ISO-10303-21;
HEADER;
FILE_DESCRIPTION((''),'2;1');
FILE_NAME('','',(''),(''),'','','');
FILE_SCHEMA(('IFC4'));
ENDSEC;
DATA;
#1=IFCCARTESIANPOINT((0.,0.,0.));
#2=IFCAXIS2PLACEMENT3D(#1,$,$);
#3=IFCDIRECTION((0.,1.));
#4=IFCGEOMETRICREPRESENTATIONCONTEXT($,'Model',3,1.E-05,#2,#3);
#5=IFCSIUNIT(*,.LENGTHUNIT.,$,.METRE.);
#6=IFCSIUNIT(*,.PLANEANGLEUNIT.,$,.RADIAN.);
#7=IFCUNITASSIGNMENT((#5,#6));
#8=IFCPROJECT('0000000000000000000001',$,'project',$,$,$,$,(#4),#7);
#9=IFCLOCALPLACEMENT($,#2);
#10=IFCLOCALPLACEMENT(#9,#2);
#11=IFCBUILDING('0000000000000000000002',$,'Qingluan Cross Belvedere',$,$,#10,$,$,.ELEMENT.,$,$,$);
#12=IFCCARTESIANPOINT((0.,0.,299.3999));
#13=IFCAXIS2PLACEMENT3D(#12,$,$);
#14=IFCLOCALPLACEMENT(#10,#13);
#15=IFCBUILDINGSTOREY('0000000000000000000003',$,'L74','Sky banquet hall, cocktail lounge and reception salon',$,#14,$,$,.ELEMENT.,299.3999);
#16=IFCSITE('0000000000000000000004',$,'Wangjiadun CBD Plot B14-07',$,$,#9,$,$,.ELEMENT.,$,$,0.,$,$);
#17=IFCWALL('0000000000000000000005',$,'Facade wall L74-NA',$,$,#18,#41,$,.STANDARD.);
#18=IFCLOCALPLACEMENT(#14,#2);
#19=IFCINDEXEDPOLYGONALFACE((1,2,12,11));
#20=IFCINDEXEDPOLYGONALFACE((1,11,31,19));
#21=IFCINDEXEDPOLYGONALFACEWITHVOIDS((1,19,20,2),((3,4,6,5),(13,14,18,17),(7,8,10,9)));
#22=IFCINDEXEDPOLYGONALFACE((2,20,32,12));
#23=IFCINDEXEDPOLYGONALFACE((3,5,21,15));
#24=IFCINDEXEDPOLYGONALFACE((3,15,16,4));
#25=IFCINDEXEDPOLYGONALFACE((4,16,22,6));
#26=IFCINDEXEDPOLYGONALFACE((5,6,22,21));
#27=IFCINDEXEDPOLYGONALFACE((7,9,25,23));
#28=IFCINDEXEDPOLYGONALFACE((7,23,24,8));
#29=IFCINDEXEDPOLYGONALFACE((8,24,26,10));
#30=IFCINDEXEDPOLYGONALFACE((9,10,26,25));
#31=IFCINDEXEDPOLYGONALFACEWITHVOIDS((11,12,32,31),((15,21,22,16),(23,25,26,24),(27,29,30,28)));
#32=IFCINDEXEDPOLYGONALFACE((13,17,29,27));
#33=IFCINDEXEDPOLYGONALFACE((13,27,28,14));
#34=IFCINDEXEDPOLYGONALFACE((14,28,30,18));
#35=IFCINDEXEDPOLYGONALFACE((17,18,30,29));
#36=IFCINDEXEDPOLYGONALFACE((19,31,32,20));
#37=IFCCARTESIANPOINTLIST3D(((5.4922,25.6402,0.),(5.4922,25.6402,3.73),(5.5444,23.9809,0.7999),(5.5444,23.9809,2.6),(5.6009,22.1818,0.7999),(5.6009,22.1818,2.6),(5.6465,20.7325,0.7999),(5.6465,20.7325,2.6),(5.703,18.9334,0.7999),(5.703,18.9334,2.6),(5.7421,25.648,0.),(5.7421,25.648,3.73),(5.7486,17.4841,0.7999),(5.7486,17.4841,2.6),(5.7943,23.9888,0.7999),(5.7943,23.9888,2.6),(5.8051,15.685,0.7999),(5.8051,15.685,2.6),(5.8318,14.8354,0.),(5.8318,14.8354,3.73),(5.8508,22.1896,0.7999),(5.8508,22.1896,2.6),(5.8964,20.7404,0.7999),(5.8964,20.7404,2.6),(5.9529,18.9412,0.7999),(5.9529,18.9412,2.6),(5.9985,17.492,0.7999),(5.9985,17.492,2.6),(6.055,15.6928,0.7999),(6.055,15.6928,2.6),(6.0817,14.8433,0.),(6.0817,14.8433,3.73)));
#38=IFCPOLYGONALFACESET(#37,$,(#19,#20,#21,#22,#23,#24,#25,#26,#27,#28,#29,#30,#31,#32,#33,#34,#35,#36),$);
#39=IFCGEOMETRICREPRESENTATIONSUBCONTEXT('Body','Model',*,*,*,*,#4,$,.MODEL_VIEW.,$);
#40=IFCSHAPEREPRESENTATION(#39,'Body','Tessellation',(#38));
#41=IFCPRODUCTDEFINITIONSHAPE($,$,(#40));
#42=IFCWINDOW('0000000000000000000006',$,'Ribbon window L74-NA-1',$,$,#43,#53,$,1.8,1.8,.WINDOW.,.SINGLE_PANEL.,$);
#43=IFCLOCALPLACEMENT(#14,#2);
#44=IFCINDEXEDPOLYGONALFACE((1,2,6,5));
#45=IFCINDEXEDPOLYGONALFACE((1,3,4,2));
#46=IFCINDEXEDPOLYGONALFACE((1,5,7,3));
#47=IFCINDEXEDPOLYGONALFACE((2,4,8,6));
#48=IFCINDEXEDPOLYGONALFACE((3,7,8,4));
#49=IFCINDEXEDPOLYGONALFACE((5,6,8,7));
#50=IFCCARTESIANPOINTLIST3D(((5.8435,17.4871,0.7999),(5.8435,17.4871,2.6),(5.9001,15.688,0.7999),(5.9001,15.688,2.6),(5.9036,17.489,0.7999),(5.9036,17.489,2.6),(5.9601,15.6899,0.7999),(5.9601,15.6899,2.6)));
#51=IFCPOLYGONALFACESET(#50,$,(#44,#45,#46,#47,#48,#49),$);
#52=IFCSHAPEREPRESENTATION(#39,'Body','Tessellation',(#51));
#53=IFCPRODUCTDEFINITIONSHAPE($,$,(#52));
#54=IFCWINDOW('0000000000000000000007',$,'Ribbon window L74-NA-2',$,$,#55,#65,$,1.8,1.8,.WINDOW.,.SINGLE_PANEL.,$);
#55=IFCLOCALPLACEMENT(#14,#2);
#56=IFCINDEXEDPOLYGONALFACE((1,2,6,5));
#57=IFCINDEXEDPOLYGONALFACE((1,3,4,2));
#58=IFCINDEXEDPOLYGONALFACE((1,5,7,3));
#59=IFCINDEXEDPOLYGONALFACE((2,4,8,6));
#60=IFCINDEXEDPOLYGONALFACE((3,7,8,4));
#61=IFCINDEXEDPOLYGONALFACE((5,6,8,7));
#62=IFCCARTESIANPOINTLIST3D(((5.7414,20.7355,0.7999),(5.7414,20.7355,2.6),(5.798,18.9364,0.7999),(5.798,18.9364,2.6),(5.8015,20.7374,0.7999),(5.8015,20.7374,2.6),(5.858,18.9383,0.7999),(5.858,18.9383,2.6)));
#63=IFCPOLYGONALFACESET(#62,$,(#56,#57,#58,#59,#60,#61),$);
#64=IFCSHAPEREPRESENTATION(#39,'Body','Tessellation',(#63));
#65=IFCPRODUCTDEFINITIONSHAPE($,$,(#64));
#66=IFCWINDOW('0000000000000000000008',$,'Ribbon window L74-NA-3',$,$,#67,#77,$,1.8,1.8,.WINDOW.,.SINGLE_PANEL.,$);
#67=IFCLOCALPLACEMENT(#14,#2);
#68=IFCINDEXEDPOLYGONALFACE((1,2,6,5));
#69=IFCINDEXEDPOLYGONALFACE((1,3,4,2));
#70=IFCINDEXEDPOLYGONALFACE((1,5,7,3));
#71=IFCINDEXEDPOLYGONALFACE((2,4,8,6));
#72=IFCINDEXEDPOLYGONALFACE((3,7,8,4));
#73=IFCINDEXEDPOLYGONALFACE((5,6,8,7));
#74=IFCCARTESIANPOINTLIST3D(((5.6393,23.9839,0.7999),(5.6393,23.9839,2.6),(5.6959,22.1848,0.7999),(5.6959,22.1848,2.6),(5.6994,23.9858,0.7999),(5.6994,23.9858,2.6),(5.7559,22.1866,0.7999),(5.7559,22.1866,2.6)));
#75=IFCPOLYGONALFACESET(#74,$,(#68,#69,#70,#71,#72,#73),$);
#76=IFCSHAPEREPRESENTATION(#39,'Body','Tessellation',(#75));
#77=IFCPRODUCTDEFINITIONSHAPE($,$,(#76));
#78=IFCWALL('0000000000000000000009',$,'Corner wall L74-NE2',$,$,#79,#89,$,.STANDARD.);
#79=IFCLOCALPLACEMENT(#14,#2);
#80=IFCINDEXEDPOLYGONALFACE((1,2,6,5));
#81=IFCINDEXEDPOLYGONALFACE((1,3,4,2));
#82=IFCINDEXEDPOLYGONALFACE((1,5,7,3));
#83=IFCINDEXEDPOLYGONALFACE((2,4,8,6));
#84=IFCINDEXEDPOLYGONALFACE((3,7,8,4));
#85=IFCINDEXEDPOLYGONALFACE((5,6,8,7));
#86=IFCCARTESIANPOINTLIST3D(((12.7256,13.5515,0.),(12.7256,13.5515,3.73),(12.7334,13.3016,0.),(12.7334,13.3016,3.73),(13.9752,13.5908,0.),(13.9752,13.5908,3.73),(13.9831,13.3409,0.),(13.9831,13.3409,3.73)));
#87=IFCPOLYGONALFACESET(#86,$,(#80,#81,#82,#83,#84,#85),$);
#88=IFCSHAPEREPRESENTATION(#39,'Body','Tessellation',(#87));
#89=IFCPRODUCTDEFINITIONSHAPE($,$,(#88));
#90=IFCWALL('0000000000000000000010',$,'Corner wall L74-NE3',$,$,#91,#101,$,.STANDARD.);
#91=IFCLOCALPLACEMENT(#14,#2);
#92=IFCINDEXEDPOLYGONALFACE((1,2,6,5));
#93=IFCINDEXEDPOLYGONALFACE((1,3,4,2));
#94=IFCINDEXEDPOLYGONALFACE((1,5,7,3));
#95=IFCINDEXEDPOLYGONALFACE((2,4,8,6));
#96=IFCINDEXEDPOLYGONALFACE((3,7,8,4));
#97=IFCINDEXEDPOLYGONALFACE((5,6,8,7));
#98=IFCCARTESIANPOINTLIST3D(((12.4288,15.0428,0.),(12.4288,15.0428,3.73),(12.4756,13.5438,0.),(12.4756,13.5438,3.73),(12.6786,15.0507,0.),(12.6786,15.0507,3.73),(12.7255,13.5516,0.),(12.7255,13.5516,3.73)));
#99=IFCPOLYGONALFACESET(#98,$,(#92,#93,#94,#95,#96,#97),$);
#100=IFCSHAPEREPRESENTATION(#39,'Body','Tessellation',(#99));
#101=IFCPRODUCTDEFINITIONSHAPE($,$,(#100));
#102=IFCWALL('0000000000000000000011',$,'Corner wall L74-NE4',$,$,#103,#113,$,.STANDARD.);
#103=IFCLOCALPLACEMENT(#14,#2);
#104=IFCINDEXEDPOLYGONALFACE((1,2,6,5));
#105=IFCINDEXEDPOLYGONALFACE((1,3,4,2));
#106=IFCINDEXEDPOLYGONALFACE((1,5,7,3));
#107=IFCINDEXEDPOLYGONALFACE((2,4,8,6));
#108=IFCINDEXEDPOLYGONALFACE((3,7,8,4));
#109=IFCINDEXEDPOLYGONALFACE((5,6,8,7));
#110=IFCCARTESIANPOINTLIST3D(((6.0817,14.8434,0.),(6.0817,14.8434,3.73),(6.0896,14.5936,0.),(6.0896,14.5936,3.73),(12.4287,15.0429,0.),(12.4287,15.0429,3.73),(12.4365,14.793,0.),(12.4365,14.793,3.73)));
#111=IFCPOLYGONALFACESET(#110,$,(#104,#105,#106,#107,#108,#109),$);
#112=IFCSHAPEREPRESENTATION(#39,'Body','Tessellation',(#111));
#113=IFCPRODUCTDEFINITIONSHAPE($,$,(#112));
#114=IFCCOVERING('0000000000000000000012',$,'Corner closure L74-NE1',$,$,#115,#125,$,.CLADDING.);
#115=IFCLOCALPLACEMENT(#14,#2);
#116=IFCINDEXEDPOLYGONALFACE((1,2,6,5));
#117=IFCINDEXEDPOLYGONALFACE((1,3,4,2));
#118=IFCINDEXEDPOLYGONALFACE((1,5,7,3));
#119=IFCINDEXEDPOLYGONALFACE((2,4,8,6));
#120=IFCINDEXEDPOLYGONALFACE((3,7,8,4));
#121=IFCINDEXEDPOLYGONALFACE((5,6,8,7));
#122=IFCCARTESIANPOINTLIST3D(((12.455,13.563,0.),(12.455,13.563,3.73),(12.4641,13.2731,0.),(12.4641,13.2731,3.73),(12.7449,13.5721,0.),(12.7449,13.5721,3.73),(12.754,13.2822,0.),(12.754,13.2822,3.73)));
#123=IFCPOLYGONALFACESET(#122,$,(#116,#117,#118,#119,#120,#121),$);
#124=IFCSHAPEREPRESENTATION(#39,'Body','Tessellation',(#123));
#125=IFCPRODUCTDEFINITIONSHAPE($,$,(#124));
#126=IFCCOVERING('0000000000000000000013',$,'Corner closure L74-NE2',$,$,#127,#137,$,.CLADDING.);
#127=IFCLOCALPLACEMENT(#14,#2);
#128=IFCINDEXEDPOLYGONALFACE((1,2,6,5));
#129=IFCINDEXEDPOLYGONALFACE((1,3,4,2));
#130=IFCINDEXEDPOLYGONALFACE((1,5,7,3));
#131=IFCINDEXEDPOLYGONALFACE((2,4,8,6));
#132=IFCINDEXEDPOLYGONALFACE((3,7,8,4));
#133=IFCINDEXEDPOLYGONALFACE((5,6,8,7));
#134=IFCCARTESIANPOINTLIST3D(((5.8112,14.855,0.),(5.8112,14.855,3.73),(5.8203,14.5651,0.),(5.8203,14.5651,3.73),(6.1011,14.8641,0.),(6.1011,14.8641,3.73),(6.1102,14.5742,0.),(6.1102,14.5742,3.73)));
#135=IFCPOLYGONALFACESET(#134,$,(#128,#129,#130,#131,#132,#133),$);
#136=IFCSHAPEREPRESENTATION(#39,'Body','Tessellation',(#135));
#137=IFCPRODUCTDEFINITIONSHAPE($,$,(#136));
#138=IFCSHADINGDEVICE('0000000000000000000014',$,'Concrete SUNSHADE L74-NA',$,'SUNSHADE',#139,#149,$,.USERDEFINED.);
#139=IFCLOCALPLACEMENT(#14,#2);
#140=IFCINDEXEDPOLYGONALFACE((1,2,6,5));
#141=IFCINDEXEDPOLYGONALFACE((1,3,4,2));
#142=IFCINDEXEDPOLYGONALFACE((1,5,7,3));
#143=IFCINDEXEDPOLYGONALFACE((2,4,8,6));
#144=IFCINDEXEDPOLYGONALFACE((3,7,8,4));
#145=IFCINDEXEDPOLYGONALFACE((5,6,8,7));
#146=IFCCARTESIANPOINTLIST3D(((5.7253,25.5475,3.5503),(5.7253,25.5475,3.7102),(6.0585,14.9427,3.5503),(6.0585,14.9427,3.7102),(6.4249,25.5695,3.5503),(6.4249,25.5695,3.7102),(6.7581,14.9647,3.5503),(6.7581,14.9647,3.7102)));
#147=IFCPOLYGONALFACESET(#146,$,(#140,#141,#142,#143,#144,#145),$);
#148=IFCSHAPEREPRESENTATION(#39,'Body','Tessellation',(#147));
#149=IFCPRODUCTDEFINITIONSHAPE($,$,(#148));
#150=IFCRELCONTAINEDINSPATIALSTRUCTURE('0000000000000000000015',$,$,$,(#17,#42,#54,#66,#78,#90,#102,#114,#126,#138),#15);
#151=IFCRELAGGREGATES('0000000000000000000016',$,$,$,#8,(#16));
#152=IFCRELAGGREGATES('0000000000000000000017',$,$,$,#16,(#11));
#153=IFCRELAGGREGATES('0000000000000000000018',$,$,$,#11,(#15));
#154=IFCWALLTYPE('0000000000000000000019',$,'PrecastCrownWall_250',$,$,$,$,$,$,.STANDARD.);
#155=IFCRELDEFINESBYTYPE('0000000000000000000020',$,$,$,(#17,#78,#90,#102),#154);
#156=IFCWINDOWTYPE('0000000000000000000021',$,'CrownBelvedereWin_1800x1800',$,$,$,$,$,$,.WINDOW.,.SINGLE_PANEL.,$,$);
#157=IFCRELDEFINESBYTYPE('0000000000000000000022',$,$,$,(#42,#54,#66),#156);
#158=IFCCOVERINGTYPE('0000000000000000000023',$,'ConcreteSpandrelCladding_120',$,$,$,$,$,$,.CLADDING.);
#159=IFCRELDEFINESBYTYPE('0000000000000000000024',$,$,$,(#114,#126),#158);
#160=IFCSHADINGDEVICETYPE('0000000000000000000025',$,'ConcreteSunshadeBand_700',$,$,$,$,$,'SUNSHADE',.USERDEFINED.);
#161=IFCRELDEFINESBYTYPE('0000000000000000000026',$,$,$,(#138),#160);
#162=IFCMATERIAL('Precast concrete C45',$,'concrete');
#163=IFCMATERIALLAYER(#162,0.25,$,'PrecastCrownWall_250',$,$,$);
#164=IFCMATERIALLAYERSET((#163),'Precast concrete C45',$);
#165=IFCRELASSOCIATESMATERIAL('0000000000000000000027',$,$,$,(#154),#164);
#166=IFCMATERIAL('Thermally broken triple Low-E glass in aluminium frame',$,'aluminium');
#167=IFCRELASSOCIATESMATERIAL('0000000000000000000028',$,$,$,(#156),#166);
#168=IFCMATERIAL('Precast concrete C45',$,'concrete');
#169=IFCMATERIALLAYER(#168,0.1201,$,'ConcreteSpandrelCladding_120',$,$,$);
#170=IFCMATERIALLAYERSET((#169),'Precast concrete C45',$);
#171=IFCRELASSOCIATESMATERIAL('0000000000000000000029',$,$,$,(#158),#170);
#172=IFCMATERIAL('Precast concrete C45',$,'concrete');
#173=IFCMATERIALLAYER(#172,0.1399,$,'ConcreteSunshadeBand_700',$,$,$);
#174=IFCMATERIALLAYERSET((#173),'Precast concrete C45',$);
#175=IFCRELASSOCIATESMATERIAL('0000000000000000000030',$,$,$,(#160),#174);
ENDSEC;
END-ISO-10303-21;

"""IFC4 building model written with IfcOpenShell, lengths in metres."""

from ifc_helpers import new_model, si_unit, direction, frame, frame_2d, origin, origin_2d, place, context, subcontext, project, spatial, rectangle, extrude, material, layer, layer_set, type_object, element, fill, save


model = new_model("IFC4")

# Units and contexts
model_context = context("Model", 3, precision=1e-05, world=origin(), true_north=direction((0.0, 1.0)))
body_context = subcontext(model_context, "Body", "Model", "MODEL_VIEW")
ifc_project = project(units=[si_unit("LENGTHUNIT", "METRE"), si_unit("PLANEANGLEUNIT", "RADIAN")], contexts=[model_context])

# Site, building, storey
site_placement = place(None, origin())
site = spatial("IfcSite", under=ifc_project, at=site_placement, Name="Wangjiadun CBD Plot B14-07", CompositionType="ELEMENT", RefElevation=0.0)
building_placement = place(site_placement, origin())
building = spatial("IfcBuilding", under=site, at=building_placement, Name="Qingluan Cross Belvedere", CompositionType="ELEMENT")
storey_placement = place(building_placement, frame((0.0, 0.0, 299.3999)))
storey = spatial("IfcBuildingStorey", under=building, at=storey_placement, Name="L74", Description="Sky banquet hall, cocktail lounge and reception salon", CompositionType="ELEMENT", Elevation=299.3999)

# Wall, openings, windows
ifc_material_1 = material(Name="Precast concrete C45", Category="concrete")
ifc_layer_1 = layer(ifc_material_1, 0.25, Name="PrecastCrownWall_250")
ifc_layer_set_1 = layer_set([ifc_layer_1], Name="Precast concrete C45")
wall_type_1 = type_object("IfcWallType", Name="PrecastCrownWall_250", PredefinedType="STANDARD", material=ifc_layer_set_1)
wall_1_placement = place(storey_placement, frame((5.9568, 14.8394, 0.0), z_axis=(0.0, 0.0, 1.0), x_axis=(-0.031415, 0.999506, 0.0)))
wall_1 = element("IfcWall", 1, at=wall_1_placement, inside=storey, type_object=wall_type_1, Name="Facade wall L74-NA", PredefinedType="STANDARD", context=body_context, shape_type="SweptSolid", body=[
    extrude(rectangle(XDim=10.8101, YDim=0.25, at=frame_2d((5.405, 0.0))), origin(), (0.0, 0.0, 1.0), 3.73),
])
opening_1_placement = place(wall_1_placement, frame((0.8501, 0.0, 0.8)))
opening_1 = element("IfcOpeningElement", 2, at=opening_1_placement, cuts=wall_1, PredefinedType="OPENING", context=body_context, shape_type="SweptSolid", body=[
    extrude(rectangle(XDim=1.8, YDim=1.8, at=frame_2d((0.8999, 0.8999))), frame((0.0, 0.135, 0.0), z_axis=(0.0, -1.0, 0.0), x_axis=(1.0, 0.0, 0.0)), (0.0, 0.0, 1.0), 0.27),
])
opening_2_placement = place(wall_1_placement, frame((4.1001, 0.0, 0.8)))
opening_2 = element("IfcOpeningElement", 3, at=opening_2_placement, cuts=wall_1, PredefinedType="OPENING", context=body_context, shape_type="SweptSolid", body=[
    extrude(rectangle(XDim=1.8, YDim=1.8, at=frame_2d((0.8999, 0.8999))), frame((0.0, 0.135, 0.0), z_axis=(0.0, -1.0, 0.0), x_axis=(1.0, 0.0, 0.0)), (0.0, 0.0, 1.0), 0.27),
])
opening_3_placement = place(wall_1_placement, frame((7.3501, 0.0, 0.8)))
opening_3 = element("IfcOpeningElement", 4, at=opening_3_placement, cuts=wall_1, PredefinedType="OPENING", context=body_context, shape_type="SweptSolid", body=[
    extrude(rectangle(XDim=1.8, YDim=1.8, at=frame_2d((0.8999, 0.8999))), frame((0.0, 0.135, 0.0), z_axis=(0.0, -1.0, 0.0), x_axis=(1.0, 0.0, 0.0)), (0.0, 0.0, 1.0), 0.27),
])
ifc_material_2 = material(Name="Thermally broken triple Low-E glass in aluminium frame", Category="aluminium")
window_type = type_object("IfcWindowType", Name="CrownBelvedereWin_1800x1800", PartitioningType="SINGLE_PANEL", PredefinedType="WINDOW", material=ifc_material_2)
window_1_placement = place(opening_1_placement, origin())
window_1 = element("IfcWindow", 5, at=window_1_placement, inside=storey, type_object=window_type, Name="Ribbon window L74-NA-1", OverallHeight=1.8, OverallWidth=1.8, PartitioningType="SINGLE_PANEL", PredefinedType="WINDOW", context=body_context, shape_type="SweptSolid", body=[
    extrude(rectangle(XDim=1.8, YDim=1.8, at=frame_2d((0.8999, 0.8999))), frame((0.0, 0.03, 0.0), z_axis=(0.0, -1.0, 0.0), x_axis=(1.0, 0.0, 0.0)), (0.0, 0.0, 1.0), 0.0601),
])
fill(opening_1, window_1)
window_2_placement = place(opening_2_placement, origin())
window_2 = element("IfcWindow", 6, at=window_2_placement, inside=storey, type_object=window_type, Name="Ribbon window L74-NA-2", OverallHeight=1.8, OverallWidth=1.8, PartitioningType="SINGLE_PANEL", PredefinedType="WINDOW", context=body_context, shape_type="SweptSolid", body=[
    extrude(rectangle(XDim=1.8, YDim=1.8, at=frame_2d((0.8999, 0.8999))), frame((0.0, 0.03, 0.0), z_axis=(0.0, -1.0, 0.0), x_axis=(1.0, 0.0, 0.0)), (0.0, 0.0, 1.0), 0.0601),
])
fill(opening_2, window_2)
window_3_placement = place(opening_3_placement, origin())
window_3 = element("IfcWindow", 7, at=window_3_placement, inside=storey, type_object=window_type, Name="Ribbon window L74-NA-3", OverallHeight=1.8, OverallWidth=1.8, PartitioningType="SINGLE_PANEL", PredefinedType="WINDOW", context=body_context, shape_type="SweptSolid", body=[
    extrude(rectangle(XDim=1.8, YDim=1.8, at=frame_2d((0.8999, 0.8999))), frame((0.0, 0.03, 0.0), z_axis=(0.0, -1.0, 0.0), x_axis=(1.0, 0.0, 0.0)), (0.0, 0.0, 1.0), 0.0601),
])
fill(opening_3, window_3)

# Walls
wall_2_placement = place(storey_placement, frame((13.979, 13.4658, 0.0), z_axis=(0.0, 0.0, 1.0), x_axis=(-0.999506, -0.031442, 0.0)))
element("IfcWall", 8, at=wall_2_placement, inside=storey, type_object=wall_type_1, Name="Corner wall L74-NE2", PredefinedType="STANDARD", context=body_context, shape_type="SweptSolid", body=[
    extrude(rectangle(XDim=1.2502, YDim=0.25, at=frame_2d((0.625, 0.0))), origin(), (0.0, 0.0, 1.0), 3.73),
])
wall_3_placement = place(storey_placement, frame((12.6006, 13.5476, 0.0), z_axis=(0.0, 0.0, 1.0), x_axis=(-0.031255, 0.999511, 0.0)))
element("IfcWall", 9, at=wall_3_placement, inside=storey, type_object=wall_type_1, Name="Corner wall L74-NE3", PredefinedType="STANDARD", context=body_context, shape_type="SweptSolid", body=[
    extrude(rectangle(XDim=1.4998, YDim=0.25, at=frame_2d((0.75, 0.0))), origin(), (0.0, 0.0, 1.0), 3.73),
])
wall_4_placement = place(storey_placement, frame((12.4326, 14.918, 0.0), z_axis=(0.0, 0.0, 1.0), x_axis=(-0.999507, -0.031411, 0.0)))
element("IfcWall", 10, at=wall_4_placement, inside=storey, type_object=wall_type_1, Name="Corner wall L74-NE4", PredefinedType="STANDARD", context=body_context, shape_type="SweptSolid", body=[
    extrude(rectangle(XDim=6.3501, YDim=0.25, at=frame_2d((3.175, 0.0))), origin(), (0.0, 0.0, 1.0), 3.73),
])

# Coverings
ifc_material_3 = material(Name="Precast concrete C45", Category="concrete")
ifc_layer_2 = layer(ifc_material_3, 0.1201, Name="ConcreteSpandrelCladding_120")
ifc_layer_set_2 = layer_set([ifc_layer_2], Name="Precast concrete C45")
covering_type = type_object("IfcCoveringType", Name="ConcreteSpandrelCladding_120", PredefinedType="CLADDING", material=ifc_layer_set_2)
for number, where, z_axis, x_axis, name in (
    (11, (12.6045, 13.4226, 0.0), (0.0, 0.0, 1.0), (0.999507, 0.031411, 0.0), "Corner closure L74-NE1"),
    (12, (5.9607, 14.7146, 0.0), (0.0, 0.0, 1.0), (0.999507, 0.031411, 0.0), "Corner closure L74-NE2"),
):
    element("IfcCovering", number, at=place(storey_placement, frame(where, z_axis=z_axis, x_axis=x_axis)), inside=storey, type_object=covering_type, Name=name, PredefinedType="CLADDING", context=body_context, shape_type="SweptSolid", body=[
        extrude(rectangle(XDim=0.29, YDim=0.29, at=origin_2d()), origin(), (0.0, 0.0, 1.0), 3.73),
    ])

# Shading device
ifc_material_4 = material(Name="Precast concrete C45", Category="concrete")
ifc_layer_3 = layer(ifc_material_4, 0.1399, Name="ConcreteSunshadeBand_700")
ifc_layer_set_3 = layer_set([ifc_layer_3], Name="Precast concrete C45")
shading_device_type = type_object("IfcShadingDeviceType", Name="ConcreteSunshadeBand_700", ElementType="SUNSHADE", PredefinedType="USERDEFINED", material=ifc_layer_set_3)
shading_device_placement = place(storey_placement, frame((6.2417, 20.2561, 3.5503), z_axis=(0.0, 0.0, 1.0), x_axis=(-0.031406, 0.999507, 0.0)))
element("IfcShadingDevice", 13, at=shading_device_placement, inside=storey, type_object=shading_device_type, Name="Concrete SUNSHADE L74-NA", ObjectType="SUNSHADE", PredefinedType="USERDEFINED", context=body_context, shape_type="SweptSolid", body=[
    extrude(rectangle(XDim=10.6101, YDim=0.7, at=origin_2d()), origin(), (0.0, 0.0, 1.0), 0.1599),
])

save(model, "model.ifc")
